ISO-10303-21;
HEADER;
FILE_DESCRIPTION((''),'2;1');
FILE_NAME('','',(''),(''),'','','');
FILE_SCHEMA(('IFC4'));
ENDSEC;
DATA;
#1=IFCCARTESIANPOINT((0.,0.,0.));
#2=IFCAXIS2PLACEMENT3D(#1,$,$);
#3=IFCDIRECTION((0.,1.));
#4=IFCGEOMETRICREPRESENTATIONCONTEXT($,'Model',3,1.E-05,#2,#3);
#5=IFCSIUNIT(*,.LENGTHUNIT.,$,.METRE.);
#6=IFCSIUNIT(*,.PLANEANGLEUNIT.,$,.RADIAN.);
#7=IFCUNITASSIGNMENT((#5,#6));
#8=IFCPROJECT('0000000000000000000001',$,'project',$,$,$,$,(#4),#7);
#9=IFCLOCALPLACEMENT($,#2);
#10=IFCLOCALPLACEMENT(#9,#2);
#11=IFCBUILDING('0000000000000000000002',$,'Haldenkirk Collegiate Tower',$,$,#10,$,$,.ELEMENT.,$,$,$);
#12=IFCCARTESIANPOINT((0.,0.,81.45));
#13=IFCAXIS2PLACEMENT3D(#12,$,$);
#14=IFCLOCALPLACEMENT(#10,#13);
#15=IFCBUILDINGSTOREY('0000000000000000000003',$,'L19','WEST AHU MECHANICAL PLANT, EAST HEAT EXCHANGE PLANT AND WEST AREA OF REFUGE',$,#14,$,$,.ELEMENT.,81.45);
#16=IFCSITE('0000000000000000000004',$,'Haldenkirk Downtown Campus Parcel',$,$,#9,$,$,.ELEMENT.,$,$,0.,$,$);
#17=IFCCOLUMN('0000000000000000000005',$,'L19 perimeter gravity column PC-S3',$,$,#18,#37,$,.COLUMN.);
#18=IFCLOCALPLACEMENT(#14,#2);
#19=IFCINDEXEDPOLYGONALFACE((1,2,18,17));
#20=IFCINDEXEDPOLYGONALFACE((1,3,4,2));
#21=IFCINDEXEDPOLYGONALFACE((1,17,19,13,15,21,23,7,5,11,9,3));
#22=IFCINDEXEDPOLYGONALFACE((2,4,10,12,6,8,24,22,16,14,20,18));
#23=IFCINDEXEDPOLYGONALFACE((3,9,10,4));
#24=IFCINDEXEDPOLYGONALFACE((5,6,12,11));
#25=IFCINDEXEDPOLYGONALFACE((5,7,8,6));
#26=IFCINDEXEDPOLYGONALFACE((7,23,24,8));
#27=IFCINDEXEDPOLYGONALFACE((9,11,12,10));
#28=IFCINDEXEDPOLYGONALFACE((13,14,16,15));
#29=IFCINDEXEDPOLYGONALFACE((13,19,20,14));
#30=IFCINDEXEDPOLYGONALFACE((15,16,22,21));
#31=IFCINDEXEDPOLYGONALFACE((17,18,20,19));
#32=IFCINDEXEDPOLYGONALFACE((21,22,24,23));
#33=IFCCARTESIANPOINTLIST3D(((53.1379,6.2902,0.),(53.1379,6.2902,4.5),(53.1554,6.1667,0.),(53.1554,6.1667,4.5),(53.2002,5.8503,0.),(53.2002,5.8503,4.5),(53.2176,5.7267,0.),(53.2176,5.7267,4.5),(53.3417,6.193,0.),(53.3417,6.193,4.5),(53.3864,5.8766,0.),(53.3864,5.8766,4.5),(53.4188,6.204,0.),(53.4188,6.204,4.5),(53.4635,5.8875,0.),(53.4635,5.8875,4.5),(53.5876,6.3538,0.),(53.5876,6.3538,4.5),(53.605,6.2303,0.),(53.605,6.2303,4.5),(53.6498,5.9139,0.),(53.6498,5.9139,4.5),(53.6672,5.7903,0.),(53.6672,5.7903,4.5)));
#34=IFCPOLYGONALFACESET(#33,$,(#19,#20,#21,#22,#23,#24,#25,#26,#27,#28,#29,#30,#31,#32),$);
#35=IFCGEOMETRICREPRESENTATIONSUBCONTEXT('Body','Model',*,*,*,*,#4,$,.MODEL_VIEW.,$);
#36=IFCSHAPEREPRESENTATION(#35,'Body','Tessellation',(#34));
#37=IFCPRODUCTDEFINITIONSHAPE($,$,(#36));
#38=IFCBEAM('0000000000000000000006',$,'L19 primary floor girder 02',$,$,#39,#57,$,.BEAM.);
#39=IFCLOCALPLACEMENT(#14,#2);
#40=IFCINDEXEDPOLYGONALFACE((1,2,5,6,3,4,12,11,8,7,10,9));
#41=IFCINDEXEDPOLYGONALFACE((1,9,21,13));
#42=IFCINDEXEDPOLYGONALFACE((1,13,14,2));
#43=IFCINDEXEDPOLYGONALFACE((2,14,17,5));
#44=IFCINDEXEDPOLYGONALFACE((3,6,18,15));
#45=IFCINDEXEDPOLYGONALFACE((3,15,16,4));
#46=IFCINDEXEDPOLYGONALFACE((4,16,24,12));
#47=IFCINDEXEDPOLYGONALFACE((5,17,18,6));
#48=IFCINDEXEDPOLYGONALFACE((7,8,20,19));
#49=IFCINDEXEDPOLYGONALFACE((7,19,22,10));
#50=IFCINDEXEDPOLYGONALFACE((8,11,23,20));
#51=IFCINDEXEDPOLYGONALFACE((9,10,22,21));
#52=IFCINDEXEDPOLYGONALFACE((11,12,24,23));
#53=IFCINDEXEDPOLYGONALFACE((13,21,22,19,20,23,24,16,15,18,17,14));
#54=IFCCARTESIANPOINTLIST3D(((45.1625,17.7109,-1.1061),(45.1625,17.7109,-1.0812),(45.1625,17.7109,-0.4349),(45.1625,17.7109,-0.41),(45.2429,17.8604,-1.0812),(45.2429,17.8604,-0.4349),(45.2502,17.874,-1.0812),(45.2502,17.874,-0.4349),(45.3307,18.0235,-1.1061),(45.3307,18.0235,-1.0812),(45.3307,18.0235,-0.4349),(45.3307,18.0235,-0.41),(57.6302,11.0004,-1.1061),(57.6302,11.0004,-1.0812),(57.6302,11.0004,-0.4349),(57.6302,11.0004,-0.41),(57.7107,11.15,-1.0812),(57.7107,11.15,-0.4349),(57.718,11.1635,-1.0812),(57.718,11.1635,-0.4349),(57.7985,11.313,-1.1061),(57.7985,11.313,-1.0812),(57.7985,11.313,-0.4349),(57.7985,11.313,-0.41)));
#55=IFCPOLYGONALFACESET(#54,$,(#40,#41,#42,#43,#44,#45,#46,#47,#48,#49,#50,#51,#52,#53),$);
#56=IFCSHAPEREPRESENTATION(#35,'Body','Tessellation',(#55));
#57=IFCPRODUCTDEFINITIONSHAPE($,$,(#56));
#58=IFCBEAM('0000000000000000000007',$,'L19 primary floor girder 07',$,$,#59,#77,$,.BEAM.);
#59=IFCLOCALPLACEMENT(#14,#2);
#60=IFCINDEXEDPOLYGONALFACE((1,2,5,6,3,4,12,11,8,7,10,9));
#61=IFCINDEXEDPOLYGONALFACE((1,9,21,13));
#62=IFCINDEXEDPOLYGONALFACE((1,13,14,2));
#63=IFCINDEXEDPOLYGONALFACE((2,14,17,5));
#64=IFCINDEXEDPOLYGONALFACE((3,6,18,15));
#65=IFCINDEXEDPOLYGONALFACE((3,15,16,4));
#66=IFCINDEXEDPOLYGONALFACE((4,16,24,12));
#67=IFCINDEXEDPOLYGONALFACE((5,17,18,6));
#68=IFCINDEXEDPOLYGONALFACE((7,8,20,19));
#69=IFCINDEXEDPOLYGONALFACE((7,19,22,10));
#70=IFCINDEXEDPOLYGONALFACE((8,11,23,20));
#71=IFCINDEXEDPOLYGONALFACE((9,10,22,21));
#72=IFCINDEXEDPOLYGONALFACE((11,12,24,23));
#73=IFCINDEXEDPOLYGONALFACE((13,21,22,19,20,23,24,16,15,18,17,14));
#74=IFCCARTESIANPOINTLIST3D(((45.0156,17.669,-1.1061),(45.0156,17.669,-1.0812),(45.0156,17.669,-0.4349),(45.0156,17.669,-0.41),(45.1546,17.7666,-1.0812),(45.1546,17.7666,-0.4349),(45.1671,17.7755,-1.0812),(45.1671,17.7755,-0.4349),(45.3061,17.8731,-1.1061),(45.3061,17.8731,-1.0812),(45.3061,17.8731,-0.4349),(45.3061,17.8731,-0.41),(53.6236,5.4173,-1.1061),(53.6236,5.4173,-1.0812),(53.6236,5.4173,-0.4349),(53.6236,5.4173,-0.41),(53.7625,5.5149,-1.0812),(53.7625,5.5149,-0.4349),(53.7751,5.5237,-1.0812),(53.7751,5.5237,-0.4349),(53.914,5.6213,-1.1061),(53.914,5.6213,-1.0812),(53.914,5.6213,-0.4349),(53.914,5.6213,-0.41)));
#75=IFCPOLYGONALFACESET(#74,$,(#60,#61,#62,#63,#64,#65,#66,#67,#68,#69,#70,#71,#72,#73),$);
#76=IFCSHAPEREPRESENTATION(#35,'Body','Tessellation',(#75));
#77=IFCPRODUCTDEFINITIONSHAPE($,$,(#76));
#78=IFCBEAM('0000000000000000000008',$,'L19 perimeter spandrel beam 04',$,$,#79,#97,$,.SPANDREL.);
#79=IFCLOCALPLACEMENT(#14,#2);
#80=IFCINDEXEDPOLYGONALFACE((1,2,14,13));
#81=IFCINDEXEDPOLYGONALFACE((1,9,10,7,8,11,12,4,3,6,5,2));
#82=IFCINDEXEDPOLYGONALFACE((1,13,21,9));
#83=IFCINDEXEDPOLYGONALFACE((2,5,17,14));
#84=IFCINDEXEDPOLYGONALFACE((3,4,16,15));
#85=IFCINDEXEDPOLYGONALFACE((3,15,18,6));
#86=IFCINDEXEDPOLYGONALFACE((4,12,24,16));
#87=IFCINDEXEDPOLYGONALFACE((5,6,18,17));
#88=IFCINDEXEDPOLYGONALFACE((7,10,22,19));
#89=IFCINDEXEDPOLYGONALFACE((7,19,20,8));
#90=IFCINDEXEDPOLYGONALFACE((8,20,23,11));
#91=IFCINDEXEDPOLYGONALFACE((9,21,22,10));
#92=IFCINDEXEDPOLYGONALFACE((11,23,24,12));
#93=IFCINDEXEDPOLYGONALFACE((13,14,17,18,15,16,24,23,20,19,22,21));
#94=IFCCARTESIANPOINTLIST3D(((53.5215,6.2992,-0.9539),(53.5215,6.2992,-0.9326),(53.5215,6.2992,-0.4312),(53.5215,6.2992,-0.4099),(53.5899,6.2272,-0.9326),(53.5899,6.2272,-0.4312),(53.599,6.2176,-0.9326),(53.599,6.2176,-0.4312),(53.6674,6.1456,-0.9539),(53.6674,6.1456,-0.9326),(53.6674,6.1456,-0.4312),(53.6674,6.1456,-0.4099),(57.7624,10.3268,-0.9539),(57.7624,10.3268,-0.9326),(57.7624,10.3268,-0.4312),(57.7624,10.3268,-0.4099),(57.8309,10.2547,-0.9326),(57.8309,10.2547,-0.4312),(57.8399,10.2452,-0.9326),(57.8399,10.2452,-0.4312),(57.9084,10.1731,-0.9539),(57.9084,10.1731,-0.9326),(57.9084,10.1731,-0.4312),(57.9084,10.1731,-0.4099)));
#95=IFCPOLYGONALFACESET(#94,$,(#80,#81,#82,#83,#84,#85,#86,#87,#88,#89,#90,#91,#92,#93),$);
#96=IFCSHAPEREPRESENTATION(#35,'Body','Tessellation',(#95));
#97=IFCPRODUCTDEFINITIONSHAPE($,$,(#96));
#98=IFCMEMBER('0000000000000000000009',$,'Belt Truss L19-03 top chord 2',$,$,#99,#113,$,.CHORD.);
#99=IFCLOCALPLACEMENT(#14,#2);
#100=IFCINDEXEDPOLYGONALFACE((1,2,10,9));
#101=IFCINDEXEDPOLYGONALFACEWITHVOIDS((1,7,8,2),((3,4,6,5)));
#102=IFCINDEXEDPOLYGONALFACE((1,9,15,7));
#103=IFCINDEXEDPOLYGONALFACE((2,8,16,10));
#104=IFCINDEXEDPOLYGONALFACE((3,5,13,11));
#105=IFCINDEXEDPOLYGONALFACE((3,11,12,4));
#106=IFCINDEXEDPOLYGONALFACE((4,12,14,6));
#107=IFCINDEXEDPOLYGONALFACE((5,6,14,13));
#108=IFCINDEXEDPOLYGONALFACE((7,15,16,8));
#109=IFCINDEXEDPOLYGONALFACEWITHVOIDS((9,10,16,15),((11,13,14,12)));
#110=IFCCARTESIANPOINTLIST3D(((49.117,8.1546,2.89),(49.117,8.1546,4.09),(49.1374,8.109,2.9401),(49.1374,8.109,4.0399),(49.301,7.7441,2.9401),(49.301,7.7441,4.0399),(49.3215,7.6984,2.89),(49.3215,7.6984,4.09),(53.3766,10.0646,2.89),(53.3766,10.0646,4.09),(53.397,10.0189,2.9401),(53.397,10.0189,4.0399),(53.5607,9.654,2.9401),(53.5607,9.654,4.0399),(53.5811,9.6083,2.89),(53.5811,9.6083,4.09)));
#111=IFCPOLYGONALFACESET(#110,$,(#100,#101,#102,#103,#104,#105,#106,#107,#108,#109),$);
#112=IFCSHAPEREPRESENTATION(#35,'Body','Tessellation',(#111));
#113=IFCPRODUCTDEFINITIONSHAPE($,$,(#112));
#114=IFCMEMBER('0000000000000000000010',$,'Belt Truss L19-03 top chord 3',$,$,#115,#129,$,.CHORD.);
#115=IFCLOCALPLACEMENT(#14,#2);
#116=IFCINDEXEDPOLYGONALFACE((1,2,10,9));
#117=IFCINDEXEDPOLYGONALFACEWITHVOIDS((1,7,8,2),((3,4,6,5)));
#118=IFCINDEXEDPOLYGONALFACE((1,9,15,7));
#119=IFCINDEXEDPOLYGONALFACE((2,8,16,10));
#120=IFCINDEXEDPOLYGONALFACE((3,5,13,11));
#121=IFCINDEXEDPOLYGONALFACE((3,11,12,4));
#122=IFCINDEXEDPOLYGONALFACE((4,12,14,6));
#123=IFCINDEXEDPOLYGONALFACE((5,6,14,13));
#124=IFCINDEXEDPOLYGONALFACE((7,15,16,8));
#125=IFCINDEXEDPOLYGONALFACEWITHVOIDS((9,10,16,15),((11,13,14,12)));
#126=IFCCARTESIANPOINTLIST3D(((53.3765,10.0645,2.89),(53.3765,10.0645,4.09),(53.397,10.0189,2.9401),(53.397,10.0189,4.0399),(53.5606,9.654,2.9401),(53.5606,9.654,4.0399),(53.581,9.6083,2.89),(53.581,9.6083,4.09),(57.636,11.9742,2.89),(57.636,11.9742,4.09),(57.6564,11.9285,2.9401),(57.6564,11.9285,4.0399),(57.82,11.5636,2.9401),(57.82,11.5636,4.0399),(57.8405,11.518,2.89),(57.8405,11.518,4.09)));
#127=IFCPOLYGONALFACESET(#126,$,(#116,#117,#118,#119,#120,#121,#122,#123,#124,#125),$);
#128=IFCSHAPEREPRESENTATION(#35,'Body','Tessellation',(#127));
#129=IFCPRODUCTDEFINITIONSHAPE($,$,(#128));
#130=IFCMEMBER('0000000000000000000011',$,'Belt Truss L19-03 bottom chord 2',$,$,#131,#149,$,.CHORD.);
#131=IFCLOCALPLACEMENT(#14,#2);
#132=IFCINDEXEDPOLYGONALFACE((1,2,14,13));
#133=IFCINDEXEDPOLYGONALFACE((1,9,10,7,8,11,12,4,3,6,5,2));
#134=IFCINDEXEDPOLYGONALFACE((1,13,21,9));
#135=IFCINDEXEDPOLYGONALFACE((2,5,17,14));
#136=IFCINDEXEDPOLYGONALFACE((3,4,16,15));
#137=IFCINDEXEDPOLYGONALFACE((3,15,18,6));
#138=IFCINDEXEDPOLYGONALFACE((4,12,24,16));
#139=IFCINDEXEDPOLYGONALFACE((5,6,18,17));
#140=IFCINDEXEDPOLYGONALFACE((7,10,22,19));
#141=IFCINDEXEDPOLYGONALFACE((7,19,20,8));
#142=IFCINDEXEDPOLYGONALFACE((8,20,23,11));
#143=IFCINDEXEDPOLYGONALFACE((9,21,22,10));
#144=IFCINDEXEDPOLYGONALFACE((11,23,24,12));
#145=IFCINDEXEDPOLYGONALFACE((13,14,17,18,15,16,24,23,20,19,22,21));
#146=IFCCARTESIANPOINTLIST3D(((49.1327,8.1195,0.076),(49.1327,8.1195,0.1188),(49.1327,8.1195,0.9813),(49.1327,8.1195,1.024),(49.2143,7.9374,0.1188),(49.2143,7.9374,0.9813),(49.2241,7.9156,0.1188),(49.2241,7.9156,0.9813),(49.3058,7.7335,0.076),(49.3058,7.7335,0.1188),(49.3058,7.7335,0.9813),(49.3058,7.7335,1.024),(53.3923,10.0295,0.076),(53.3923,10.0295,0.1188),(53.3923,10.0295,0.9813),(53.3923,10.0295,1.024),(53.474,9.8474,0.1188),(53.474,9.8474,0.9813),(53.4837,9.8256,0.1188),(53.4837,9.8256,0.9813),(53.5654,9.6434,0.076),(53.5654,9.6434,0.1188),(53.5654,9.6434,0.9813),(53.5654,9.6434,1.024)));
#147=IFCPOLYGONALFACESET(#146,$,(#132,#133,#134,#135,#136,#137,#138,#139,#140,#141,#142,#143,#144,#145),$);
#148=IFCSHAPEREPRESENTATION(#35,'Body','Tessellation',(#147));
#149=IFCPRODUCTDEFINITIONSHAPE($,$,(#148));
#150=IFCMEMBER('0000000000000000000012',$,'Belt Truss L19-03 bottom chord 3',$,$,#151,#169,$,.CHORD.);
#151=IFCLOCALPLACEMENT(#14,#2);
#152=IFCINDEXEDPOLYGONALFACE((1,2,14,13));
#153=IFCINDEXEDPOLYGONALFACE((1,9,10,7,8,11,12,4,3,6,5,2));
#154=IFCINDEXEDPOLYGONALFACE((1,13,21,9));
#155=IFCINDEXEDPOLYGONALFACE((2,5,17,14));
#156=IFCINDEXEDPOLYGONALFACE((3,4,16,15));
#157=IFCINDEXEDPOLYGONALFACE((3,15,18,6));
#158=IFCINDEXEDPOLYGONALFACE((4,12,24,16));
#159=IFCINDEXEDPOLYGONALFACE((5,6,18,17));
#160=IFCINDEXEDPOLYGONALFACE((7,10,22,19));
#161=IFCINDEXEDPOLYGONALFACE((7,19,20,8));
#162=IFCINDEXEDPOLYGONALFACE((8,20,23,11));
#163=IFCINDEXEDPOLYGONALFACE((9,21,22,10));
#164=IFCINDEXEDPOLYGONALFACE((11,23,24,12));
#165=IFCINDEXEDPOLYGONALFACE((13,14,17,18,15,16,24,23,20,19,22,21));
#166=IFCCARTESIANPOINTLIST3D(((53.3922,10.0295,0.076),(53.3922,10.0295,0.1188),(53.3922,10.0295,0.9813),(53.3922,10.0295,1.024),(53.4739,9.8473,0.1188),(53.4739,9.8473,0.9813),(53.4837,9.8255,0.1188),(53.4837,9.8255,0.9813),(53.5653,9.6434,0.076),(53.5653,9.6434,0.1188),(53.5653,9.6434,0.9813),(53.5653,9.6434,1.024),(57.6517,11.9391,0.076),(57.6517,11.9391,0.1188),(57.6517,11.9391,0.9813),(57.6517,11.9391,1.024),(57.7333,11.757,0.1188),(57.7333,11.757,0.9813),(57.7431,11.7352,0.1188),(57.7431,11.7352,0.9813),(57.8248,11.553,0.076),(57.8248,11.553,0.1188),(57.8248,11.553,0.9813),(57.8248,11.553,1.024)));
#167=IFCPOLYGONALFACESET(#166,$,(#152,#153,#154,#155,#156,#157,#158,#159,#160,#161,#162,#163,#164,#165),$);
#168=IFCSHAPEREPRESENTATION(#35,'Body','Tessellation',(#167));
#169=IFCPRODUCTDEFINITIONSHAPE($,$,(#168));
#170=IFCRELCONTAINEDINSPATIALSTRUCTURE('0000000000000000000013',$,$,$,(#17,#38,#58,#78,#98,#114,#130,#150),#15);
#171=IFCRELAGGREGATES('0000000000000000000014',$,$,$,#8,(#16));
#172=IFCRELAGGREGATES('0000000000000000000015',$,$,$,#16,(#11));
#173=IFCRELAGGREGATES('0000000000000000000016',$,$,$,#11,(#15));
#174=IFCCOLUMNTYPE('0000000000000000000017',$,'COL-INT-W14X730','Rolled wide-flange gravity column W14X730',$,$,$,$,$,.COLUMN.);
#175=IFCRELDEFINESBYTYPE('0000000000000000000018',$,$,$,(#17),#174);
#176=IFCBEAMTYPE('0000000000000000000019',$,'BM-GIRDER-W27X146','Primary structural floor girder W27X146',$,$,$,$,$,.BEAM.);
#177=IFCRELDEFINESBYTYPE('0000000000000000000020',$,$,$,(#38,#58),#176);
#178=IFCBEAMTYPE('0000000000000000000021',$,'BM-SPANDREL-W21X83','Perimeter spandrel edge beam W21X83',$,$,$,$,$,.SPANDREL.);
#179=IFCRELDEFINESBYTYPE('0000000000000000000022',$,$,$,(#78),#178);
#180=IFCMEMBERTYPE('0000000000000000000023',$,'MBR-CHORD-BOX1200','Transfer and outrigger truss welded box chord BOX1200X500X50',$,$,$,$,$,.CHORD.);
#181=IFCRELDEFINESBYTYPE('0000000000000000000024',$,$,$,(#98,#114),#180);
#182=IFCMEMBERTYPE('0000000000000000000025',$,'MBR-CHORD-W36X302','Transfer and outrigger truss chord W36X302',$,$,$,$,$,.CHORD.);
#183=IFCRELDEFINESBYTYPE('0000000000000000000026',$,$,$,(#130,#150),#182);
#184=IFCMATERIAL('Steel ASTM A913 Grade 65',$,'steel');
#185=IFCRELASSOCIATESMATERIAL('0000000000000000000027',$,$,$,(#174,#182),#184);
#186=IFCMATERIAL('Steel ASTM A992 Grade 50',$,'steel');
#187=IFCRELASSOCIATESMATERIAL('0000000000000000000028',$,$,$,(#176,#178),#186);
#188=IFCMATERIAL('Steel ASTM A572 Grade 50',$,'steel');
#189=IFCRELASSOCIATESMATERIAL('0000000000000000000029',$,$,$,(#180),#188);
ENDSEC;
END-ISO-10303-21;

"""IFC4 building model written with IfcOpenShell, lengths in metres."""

from ifc_helpers import new_model, si_unit, direction, frame, origin, origin_2d, place, context, subcontext, project, spatial, hollow_rectangle, i_section, extrude, material, material_profile, profile_set, type_object, element, save


model = new_model("IFC4")

# Units and contexts
model_context = context("Model", 3, precision=1e-05, world=origin(), true_north=direction((0.0, 1.0)))
body_context = subcontext(model_context, "Body", "Model", "MODEL_VIEW")
ifc_project = project(units=[si_unit("LENGTHUNIT", "METRE"), si_unit("PLANEANGLEUNIT", "RADIAN")], contexts=[model_context])

# Site, building, storey
site_placement = place(None, origin())
site = spatial("IfcSite", under=ifc_project, at=site_placement, Name="Haldenkirk Downtown Campus Parcel", CompositionType="ELEMENT", RefElevation=0.0)
building_placement = place(site_placement, origin())
building = spatial("IfcBuilding", under=site, at=building_placement, Name="Haldenkirk Collegiate Tower", CompositionType="ELEMENT")
storey_placement = place(building_placement, frame((0.0, 0.0, 81.45)))
storey = spatial("IfcBuildingStorey", under=building, at=storey_placement, Name="L19", Description="WEST AHU MECHANICAL PLANT, EAST HEAT EXCHANGE PLANT AND WEST AREA OF REFUGE", CompositionType="ELEMENT", Elevation=81.45)

# Column
ifc_material_1 = material(Name="Steel ASTM A913 Grade 65", Category="steel")
ifc_material_profile_1 = material_profile(ifc_material_1, i_section(OverallWidth=0.4541, OverallDepth=0.5691, WebThickness=0.0779, FlangeThickness=0.1248, at=origin_2d()), Name="W14X730")
ifc_profile_set_1 = profile_set([ifc_material_profile_1], Name="Steel ASTM A913 Grade 65")
column_type = type_object("IfcColumnType", Name="COL-INT-W14X730", Description="Rolled wide-flange gravity column W14X730", PredefinedType="COLUMN", material=ifc_profile_set_1)
column_placement = place(storey_placement, frame((53.4026, 6.0403, 0.0), z_axis=(0.0, 0.0, 1.0), x_axis=(0.990146, 0.140037, 0.0)))
element("IfcColumn", 1, at=column_placement, inside=storey, type_object=column_type, Name="L19 perimeter gravity column PC-S3", PredefinedType="COLUMN", context=body_context, shape_type="SweptSolid", body=[
    extrude(i_section(OverallWidth=0.4541, OverallDepth=0.5691, WebThickness=0.0779, FlangeThickness=0.1248, at=origin_2d()), origin(), (0.0, 0.0, 1.0), 4.5),
])

# Beams
ifc_material_2 = material(Name="Steel ASTM A992 Grade 50", Category="steel")
ifc_material_profile_2 = material_profile(ifc_material_2, i_section(OverallWidth=0.355, OverallDepth=0.696, WebThickness=0.0154, FlangeThickness=0.0249, at=origin_2d()), Name="W27X146")
ifc_profile_set_2 = profile_set([ifc_material_profile_2], Name="Steel ASTM A992 Grade 50")
beam_type_1 = type_object("IfcBeamType", Name="BM-GIRDER-W27X146", Description="Primary structural floor girder W27X146", PredefinedType="BEAM", material=ifc_profile_set_2)
beam_1_placement = place(storey_placement, frame((57.7144, 11.1567, -0.7581), z_axis=(-0.880559, 0.473937, 0.0), x_axis=(-0.473937, -0.880559, 0.0)))
element("IfcBeam", 2, at=beam_1_placement, inside=storey, type_object=beam_type_1, Name="L19 primary floor girder 02", PredefinedType="BEAM", context=body_context, shape_type="SweptSolid", body=[
    extrude(i_section(OverallWidth=0.355, OverallDepth=0.696, WebThickness=0.0154, FlangeThickness=0.0249, at=origin_2d()), origin(), (0.0, 0.0, 1.0), 14.1589),
])
beam_2_placement = place(storey_placement, frame((53.7688, 5.5193, -0.7581), z_axis=(-0.574883, 0.818236, 0.0), x_axis=(-0.818236, -0.574883, 0.0)))
element("IfcBeam", 3, at=beam_2_placement, inside=storey, type_object=beam_type_1, Name="L19 primary floor girder 07", PredefinedType="BEAM", context=body_context, shape_type="SweptSolid", body=[
    extrude(i_section(OverallWidth=0.355, OverallDepth=0.696, WebThickness=0.0154, FlangeThickness=0.0249, at=origin_2d()), origin(), (0.0, 0.0, 1.0), 14.9734),
])
ifc_material_profile_3 = material_profile(ifc_material_2, i_section(OverallWidth=0.2119, OverallDepth=0.5439, WebThickness=0.0132, FlangeThickness=0.0212, at=origin_2d()), Name="W21X83")
ifc_profile_set_3 = profile_set([ifc_material_profile_3], Name="Steel ASTM A992 Grade 50")
beam_type_2 = type_object("IfcBeamType", Name="BM-SPANDREL-W21X83", Description="Perimeter spandrel edge beam W21X83", PredefinedType="SPANDREL", material=ifc_profile_set_3)
beam_3_placement = place(storey_placement, frame((53.5945, 6.2224, -0.6819), z_axis=(0.725113, 0.68863, 0.0), x_axis=(-0.68863, 0.725113, 0.0)))
element("IfcBeam", 4, at=beam_3_placement, inside=storey, type_object=beam_type_2, Name="L19 perimeter spandrel beam 04", PredefinedType="SPANDREL", context=body_context, shape_type="SweptSolid", body=[
    extrude(i_section(OverallWidth=0.2119, OverallDepth=0.5439, WebThickness=0.0132, FlangeThickness=0.0212, at=origin_2d()), origin(), (0.0, 0.0, 1.0), 5.8486),
])

# Members
ifc_material_3 = material(Name="Steel ASTM A572 Grade 50", Category="steel")
ifc_material_profile_4 = material_profile(ifc_material_3, hollow_rectangle(XDim=0.5, YDim=1.2, WallThickness=0.05, at=origin_2d()), Name="BOX1200X500X50")
ifc_profile_set_4 = profile_set([ifc_material_profile_4], Name="Steel ASTM A572 Grade 50")
member_type_1 = type_object("IfcMemberType", Name="MBR-CHORD-BOX1200", Description="Transfer and outrigger truss welded box chord BOX1200X500X50", PredefinedType="CHORD", material=ifc_profile_set_4)
member_1_placement = place(storey_placement, frame((49.2192, 7.9265, 3.49), z_axis=(0.912472, 0.40914, 0.0), x_axis=(-0.40914, 0.912472, 0.0)))
element("IfcMember", 5, at=member_1_placement, inside=storey, type_object=member_type_1, Name="Belt Truss L19-03 top chord 2", PredefinedType="CHORD", context=body_context, shape_type="SweptSolid", body=[
    extrude(hollow_rectangle(XDim=0.5, YDim=1.2, WallThickness=0.05, at=origin_2d()), origin(), (0.0, 0.0, 1.0), 4.6682),
])
member_2_placement = place(storey_placement, frame((53.4788, 9.8364, 3.49), z_axis=(0.912491, 0.409096, 0.0), x_axis=(-0.409096, 0.912491, 0.0)))
element("IfcMember", 6, at=member_2_placement, inside=storey, type_object=member_type_1, Name="Belt Truss L19-03 top chord 3", PredefinedType="CHORD", context=body_context, shape_type="SweptSolid", body=[
    extrude(hollow_rectangle(XDim=0.5, YDim=1.2, WallThickness=0.05, at=origin_2d()), origin(), (0.0, 0.0, 1.0), 4.668),
])
ifc_material_profile_5 = material_profile(ifc_material_1, i_section(OverallWidth=0.4231, OverallDepth=0.948, WebThickness=0.0239, FlangeThickness=0.0427, at=origin_2d()), Name="W36X302")
ifc_profile_set_5 = profile_set([ifc_material_profile_5], Name="Steel ASTM A913 Grade 65")
member_type_2 = type_object("IfcMemberType", Name="MBR-CHORD-W36X302", Description="Transfer and outrigger truss chord W36X302", PredefinedType="CHORD", material=ifc_profile_set_5)
member_3_placement = place(storey_placement, frame((49.2192, 7.9265, 0.55), z_axis=(0.912472, 0.40914, 0.0), x_axis=(-0.40914, 0.912472, 0.0)))
element("IfcMember", 7, at=member_3_placement, inside=storey, type_object=member_type_2, Name="Belt Truss L19-03 bottom chord 2", PredefinedType="CHORD", context=body_context, shape_type="SweptSolid", body=[
    extrude(i_section(OverallWidth=0.4231, OverallDepth=0.948, WebThickness=0.0239, FlangeThickness=0.0427, at=origin_2d()), origin(), (0.0, 0.0, 1.0), 4.6682),
])
member_4_placement = place(storey_placement, frame((53.4788, 9.8364, 0.55), z_axis=(0.912491, 0.409096, 0.0), x_axis=(-0.409096, 0.912491, 0.0)))
element("IfcMember", 8, at=member_4_placement, inside=storey, type_object=member_type_2, Name="Belt Truss L19-03 bottom chord 3", PredefinedType="CHORD", context=body_context, shape_type="SweptSolid", body=[
    extrude(i_section(OverallWidth=0.4231, OverallDepth=0.948, WebThickness=0.0239, FlangeThickness=0.0427, at=origin_2d()), origin(), (0.0, 0.0, 1.0), 4.668),
])

save(model, "model.ifc")
